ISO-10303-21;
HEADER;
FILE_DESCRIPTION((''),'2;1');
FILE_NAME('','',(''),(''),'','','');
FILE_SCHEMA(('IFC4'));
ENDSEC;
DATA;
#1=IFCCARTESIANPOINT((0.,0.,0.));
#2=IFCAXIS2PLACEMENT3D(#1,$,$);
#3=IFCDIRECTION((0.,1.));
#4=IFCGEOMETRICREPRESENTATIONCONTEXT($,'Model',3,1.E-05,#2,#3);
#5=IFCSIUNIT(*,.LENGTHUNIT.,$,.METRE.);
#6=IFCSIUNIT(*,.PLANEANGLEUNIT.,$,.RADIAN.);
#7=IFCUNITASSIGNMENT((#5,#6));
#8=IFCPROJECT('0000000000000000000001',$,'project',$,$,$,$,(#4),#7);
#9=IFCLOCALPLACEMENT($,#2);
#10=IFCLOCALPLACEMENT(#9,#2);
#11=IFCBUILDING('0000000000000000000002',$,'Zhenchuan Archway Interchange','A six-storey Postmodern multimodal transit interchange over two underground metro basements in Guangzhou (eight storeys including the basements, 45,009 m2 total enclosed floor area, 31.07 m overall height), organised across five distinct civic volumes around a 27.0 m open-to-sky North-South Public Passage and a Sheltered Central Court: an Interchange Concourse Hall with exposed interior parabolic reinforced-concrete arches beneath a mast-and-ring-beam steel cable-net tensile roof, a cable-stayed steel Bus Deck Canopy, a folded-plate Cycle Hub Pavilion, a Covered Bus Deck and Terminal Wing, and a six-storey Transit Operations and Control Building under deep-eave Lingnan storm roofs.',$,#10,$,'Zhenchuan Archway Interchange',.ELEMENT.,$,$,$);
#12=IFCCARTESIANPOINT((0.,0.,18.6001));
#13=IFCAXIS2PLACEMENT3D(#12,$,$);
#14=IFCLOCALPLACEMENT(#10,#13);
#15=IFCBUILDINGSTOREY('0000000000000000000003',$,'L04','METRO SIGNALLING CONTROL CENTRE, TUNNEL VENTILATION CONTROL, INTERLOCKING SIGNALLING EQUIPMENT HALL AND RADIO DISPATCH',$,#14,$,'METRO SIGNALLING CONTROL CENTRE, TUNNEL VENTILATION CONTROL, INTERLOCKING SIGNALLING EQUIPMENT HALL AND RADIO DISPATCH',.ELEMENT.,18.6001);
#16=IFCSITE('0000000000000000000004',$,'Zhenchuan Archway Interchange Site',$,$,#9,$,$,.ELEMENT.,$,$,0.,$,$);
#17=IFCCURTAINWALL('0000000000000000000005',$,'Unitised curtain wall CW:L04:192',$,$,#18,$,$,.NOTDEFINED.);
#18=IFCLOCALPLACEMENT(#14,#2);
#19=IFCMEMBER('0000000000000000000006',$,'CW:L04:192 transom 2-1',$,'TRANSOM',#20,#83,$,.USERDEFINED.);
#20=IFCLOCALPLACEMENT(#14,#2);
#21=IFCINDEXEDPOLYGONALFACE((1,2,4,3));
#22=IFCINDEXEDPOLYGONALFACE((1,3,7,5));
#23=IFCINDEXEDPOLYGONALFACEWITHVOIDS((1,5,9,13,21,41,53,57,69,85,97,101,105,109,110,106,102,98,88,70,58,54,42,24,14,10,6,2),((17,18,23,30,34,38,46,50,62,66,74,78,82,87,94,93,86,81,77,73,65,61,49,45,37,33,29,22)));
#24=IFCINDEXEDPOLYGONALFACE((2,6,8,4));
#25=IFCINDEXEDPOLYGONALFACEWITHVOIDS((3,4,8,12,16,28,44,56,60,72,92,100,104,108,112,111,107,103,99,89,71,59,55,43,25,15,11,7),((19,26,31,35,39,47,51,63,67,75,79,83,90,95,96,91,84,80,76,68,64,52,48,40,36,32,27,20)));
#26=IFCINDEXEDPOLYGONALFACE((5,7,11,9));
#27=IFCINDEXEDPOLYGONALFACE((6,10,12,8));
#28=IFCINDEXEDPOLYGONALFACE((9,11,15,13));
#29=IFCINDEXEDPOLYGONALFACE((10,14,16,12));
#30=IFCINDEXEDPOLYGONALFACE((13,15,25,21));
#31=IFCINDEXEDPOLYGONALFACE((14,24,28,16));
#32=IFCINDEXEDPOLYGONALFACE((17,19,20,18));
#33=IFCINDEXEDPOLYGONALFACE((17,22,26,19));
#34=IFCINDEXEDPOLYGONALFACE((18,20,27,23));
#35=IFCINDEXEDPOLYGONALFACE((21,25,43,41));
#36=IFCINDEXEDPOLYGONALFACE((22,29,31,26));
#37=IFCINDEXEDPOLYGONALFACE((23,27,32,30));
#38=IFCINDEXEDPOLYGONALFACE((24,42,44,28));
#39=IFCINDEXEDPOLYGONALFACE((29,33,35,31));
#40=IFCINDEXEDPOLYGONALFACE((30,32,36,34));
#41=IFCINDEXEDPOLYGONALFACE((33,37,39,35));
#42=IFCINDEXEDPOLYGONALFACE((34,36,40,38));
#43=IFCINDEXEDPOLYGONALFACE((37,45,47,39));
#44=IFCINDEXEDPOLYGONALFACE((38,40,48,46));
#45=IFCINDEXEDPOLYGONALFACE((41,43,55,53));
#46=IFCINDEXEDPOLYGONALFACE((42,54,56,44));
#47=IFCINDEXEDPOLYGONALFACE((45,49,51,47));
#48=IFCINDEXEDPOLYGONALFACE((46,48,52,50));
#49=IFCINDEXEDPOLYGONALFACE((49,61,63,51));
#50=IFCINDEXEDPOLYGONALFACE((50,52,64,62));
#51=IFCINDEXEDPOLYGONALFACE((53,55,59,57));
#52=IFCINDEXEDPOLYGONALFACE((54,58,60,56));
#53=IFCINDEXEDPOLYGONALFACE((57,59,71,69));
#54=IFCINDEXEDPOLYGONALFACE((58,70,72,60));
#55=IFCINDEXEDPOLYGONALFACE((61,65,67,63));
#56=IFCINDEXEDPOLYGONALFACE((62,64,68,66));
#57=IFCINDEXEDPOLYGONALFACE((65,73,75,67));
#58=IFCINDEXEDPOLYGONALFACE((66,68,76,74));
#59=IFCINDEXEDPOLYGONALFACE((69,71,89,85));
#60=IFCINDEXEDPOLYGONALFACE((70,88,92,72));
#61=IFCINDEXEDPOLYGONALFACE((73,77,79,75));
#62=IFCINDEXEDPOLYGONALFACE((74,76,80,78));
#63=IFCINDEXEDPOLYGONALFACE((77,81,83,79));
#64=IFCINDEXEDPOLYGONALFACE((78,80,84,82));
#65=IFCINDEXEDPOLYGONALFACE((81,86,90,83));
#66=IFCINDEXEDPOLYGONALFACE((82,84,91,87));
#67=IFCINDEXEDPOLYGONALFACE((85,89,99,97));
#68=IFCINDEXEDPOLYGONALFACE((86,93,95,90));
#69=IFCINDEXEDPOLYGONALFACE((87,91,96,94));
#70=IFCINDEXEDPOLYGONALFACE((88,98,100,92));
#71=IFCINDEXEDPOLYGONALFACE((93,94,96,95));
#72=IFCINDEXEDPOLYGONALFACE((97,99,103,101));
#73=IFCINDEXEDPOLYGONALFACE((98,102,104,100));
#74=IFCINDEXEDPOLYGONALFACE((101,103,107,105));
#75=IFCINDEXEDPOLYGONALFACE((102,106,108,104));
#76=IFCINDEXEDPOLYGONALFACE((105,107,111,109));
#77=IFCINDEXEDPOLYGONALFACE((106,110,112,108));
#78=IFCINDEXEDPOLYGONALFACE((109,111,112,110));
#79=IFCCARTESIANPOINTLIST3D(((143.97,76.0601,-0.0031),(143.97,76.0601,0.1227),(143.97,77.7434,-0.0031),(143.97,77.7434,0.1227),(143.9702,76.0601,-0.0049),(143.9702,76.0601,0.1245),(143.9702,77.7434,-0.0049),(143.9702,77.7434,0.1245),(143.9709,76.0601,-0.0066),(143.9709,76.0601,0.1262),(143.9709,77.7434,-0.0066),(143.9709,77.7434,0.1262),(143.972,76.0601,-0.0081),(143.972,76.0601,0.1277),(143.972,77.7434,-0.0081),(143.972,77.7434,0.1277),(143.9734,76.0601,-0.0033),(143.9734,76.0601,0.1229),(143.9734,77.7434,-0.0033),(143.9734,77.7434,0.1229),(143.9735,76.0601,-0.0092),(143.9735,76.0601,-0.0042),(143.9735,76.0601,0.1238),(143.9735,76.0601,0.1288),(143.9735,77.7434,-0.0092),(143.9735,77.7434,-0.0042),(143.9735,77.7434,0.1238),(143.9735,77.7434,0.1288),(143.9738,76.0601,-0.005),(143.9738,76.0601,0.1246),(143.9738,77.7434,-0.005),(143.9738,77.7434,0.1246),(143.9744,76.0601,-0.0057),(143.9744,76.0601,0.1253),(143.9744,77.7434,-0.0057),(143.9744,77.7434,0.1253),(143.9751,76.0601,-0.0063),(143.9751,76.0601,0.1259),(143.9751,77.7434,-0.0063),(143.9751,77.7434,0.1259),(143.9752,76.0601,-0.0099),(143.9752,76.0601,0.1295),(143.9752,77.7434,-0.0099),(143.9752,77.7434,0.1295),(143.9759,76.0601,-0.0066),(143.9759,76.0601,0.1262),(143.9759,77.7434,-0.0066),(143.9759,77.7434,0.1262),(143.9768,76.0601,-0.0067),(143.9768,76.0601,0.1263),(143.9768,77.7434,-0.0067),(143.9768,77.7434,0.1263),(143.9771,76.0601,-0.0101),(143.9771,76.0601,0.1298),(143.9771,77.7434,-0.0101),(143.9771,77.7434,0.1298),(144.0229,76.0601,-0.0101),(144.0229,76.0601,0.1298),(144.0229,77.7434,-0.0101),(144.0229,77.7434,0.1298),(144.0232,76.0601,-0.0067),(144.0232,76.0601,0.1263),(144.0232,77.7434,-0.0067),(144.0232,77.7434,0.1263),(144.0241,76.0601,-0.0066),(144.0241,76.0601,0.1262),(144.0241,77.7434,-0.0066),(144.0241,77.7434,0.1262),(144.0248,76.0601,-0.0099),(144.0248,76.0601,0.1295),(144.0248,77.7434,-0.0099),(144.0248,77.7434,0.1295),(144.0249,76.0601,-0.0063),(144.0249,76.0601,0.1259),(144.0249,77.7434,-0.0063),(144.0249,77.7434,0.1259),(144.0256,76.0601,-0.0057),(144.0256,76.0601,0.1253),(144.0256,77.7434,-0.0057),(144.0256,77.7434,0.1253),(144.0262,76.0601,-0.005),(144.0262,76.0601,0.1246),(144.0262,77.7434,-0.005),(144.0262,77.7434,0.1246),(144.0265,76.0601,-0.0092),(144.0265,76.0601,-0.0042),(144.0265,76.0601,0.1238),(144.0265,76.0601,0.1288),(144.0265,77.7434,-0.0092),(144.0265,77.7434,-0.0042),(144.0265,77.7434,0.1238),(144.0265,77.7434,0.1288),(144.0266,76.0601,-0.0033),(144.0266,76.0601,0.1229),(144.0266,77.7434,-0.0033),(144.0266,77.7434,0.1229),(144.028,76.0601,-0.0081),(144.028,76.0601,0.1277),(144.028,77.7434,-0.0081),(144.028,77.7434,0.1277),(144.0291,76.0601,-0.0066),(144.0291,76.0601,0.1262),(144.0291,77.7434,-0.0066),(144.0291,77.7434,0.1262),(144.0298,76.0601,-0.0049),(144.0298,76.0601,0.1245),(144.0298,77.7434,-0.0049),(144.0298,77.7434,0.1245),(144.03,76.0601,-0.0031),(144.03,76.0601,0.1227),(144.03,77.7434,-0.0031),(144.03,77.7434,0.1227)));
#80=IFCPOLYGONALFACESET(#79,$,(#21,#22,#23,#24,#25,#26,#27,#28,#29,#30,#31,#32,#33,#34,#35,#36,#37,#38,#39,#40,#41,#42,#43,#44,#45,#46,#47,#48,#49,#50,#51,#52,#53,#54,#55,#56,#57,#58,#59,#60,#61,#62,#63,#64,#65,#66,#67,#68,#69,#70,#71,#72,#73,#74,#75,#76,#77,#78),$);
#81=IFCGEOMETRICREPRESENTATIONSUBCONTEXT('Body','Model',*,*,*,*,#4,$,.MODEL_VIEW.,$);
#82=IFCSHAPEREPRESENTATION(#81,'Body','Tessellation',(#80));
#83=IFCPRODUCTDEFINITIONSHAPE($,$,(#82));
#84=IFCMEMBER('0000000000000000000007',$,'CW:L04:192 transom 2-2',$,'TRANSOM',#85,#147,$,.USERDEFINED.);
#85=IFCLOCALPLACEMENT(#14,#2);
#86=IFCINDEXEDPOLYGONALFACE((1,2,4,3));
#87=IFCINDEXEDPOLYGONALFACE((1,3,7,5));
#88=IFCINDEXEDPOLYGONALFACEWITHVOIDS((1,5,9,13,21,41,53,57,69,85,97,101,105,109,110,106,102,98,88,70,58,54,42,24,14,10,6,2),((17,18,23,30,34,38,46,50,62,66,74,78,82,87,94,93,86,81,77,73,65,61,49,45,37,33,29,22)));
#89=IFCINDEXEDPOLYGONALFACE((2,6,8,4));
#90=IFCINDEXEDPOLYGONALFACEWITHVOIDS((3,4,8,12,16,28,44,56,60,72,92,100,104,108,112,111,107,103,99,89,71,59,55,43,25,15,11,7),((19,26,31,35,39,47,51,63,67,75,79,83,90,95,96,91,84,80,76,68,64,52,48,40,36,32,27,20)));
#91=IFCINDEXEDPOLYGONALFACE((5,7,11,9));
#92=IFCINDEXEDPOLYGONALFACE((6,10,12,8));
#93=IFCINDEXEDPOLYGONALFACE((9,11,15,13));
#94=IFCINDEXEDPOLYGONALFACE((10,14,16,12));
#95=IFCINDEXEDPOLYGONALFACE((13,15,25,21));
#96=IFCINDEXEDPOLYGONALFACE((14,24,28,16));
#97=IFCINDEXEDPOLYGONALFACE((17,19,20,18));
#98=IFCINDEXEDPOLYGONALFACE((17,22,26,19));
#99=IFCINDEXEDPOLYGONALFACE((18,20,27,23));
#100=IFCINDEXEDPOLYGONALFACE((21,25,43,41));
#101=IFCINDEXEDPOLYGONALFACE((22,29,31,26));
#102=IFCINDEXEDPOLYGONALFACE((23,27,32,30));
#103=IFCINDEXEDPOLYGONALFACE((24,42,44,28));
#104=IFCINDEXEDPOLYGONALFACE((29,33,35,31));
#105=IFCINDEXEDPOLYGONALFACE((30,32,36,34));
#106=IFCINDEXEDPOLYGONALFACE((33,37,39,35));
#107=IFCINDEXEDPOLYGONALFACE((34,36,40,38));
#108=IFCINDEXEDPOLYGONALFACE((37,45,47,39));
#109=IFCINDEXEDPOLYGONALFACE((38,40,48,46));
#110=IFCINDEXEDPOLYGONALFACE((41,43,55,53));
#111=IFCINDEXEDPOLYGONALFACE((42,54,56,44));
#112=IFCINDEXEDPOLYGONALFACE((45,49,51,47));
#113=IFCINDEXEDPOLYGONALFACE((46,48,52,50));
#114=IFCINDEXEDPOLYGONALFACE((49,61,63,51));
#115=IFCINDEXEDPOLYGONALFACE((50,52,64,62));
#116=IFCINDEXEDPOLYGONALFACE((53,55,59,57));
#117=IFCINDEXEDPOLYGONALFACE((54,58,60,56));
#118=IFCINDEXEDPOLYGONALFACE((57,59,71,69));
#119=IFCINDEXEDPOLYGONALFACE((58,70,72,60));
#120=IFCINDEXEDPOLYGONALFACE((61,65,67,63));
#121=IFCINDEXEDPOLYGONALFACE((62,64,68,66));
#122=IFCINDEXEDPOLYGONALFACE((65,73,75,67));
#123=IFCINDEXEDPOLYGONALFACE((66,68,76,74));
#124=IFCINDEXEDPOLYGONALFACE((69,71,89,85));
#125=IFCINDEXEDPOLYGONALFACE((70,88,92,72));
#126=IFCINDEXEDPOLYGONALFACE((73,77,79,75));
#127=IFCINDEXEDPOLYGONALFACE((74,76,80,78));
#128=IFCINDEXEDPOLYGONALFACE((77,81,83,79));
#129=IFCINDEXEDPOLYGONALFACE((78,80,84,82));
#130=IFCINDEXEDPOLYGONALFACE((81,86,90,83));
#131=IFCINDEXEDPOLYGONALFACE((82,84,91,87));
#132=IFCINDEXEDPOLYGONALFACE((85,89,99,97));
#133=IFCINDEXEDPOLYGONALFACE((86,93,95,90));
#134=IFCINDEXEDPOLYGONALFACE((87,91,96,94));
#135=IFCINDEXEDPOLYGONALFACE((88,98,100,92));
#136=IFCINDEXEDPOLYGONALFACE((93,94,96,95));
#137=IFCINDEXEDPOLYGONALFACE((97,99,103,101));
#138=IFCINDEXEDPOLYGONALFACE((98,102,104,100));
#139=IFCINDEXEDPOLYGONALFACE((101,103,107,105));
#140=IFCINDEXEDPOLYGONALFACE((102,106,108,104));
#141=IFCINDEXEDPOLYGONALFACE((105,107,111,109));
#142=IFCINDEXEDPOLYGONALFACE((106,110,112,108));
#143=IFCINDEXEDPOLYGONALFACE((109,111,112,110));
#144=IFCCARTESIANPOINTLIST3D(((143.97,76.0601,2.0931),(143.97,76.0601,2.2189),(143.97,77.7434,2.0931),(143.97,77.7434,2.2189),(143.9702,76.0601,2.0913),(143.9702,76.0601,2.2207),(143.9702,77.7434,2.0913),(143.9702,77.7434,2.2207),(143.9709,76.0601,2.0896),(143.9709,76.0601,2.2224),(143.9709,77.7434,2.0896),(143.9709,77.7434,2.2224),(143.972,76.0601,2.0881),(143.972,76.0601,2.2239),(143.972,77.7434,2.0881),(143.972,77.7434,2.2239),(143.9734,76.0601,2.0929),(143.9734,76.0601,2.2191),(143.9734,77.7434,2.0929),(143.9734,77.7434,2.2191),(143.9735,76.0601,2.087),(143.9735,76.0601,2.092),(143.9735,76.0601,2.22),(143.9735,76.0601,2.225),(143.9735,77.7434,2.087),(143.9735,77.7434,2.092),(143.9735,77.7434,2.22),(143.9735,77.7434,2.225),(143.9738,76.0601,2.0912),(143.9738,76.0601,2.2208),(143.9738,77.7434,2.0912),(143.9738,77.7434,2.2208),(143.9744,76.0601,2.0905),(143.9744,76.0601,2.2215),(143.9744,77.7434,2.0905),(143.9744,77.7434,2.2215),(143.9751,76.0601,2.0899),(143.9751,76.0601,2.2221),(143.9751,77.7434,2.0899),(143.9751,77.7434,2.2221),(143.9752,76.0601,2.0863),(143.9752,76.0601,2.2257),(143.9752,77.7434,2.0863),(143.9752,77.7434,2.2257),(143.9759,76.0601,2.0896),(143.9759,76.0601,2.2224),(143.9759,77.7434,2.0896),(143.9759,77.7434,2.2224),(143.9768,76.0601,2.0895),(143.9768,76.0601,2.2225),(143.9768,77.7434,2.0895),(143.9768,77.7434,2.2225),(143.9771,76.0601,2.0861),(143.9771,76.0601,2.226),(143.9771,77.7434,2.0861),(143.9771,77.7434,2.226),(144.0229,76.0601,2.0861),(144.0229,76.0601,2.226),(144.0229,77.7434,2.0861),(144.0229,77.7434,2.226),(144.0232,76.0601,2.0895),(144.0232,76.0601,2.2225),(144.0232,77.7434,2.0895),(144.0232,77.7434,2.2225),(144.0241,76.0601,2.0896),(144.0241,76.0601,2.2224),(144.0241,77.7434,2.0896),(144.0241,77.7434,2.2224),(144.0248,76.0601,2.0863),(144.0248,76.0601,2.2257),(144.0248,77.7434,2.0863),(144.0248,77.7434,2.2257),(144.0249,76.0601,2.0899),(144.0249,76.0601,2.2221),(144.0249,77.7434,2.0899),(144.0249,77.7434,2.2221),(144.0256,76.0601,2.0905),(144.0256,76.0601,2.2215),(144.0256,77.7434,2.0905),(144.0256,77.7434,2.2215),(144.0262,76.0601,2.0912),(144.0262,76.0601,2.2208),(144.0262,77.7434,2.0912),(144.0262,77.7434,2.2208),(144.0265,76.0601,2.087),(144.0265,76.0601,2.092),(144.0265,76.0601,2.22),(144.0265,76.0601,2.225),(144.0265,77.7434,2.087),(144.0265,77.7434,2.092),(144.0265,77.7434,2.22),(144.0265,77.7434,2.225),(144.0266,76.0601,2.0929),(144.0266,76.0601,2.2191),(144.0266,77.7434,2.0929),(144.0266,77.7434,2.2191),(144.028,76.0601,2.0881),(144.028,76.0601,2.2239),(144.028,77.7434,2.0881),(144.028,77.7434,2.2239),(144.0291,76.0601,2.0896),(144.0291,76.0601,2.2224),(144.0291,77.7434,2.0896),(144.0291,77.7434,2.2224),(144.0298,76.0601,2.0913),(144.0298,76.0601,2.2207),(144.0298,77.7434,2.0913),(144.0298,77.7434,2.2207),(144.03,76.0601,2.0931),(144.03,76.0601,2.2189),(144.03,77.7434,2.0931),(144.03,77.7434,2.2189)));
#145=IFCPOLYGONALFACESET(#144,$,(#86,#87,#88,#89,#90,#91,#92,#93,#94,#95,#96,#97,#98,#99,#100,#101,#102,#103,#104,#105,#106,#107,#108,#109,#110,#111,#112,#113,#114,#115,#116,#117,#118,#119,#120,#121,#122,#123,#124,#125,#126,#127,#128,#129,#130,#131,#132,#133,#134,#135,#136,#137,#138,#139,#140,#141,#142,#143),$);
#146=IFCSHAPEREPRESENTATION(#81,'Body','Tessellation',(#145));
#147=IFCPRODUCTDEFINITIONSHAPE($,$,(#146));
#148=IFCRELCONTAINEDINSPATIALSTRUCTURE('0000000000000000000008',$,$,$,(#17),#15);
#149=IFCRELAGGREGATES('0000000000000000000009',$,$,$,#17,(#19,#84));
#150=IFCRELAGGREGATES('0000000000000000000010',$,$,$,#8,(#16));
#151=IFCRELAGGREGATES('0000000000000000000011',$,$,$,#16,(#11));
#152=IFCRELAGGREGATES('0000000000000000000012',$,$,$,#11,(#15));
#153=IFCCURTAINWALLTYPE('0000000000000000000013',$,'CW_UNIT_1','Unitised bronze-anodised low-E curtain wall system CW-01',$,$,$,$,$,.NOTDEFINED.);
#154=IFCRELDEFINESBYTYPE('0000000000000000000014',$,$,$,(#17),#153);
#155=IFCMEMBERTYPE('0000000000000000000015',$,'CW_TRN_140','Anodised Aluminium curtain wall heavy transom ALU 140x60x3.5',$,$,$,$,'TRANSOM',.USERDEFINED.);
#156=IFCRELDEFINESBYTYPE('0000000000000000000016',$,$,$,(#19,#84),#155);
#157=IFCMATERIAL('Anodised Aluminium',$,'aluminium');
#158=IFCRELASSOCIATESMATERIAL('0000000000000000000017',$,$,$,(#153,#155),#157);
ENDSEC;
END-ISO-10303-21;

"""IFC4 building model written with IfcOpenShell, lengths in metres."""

from ifc_helpers import new_model, si_unit, direction, frame, origin, origin_2d, place, context, subcontext, project, spatial, hollow_rectangle, extrude, material, material_profile, profile_set, type_object, element, aggregate, save


model = new_model("IFC4")

# Units and contexts
model_context = context("Model", 3, precision=1e-05, world=origin(), true_north=direction((0.0, 1.0)))
body_context = subcontext(model_context, "Body", "Model", "MODEL_VIEW")
ifc_project = project(units=[si_unit("LENGTHUNIT", "METRE"), si_unit("PLANEANGLEUNIT", "RADIAN")], contexts=[model_context])

# Site, building, storey
site_placement = place(None, origin())
site = spatial("IfcSite", under=ifc_project, at=site_placement, Name="Zhenchuan Archway Interchange Site", CompositionType="ELEMENT", RefElevation=0.0)
building_placement = place(site_placement, origin())
building = spatial("IfcBuilding", under=site, at=building_placement, Name="Zhenchuan Archway Interchange", Description="A six-storey Postmodern multimodal transit interchange over two underground metro basements in Guangzhou (eight storeys including the basements, 45,009 m2 total enclosed floor area, 31.07 m overall height), organised across five distinct civic volumes around a 27.0 m open-to-sky North-South Public Passage and a Sheltered Central Court: an Interchange Concourse Hall with exposed interior parabolic reinforced-concrete arches beneath a mast-and-ring-beam steel cable-net tensile roof, a cable-stayed steel Bus Deck Canopy, a folded-plate Cycle Hub Pavilion, a Covered Bus Deck and Terminal Wing, and a six-storey Transit Operations and Control Building under deep-eave Lingnan storm roofs.", LongName="Zhenchuan Archway Interchange", CompositionType="ELEMENT")
storey_placement = place(building_placement, frame((0.0, 0.0, 18.6001)))
storey = spatial("IfcBuildingStorey", under=building, at=storey_placement, Name="L04", Description="METRO SIGNALLING CONTROL CENTRE, TUNNEL VENTILATION CONTROL, INTERLOCKING SIGNALLING EQUIPMENT HALL AND RADIO DISPATCH", LongName="METRO SIGNALLING CONTROL CENTRE, TUNNEL VENTILATION CONTROL, INTERLOCKING SIGNALLING EQUIPMENT HALL AND RADIO DISPATCH", CompositionType="ELEMENT", Elevation=18.6001)

# Curtain wall, members
ifc_material_1 = material(Name="Anodised Aluminium", Category="aluminium")
curtain_wall_type = type_object("IfcCurtainWallType", Name="CW_UNIT_1", Description="Unitised bronze-anodised low-E curtain wall system CW-01", PredefinedType="NOTDEFINED", material=ifc_material_1)
curtain_wall_placement = place(storey_placement, origin())
curtain_wall = element("IfcCurtainWall", 1, at=curtain_wall_placement, inside=storey, type_object=curtain_wall_type, Name="Unitised curtain wall CW:L04:192", PredefinedType="NOTDEFINED")
ifc_material_profile_1 = material_profile(ifc_material_1, hollow_rectangle(XDim=0.0601, YDim=0.1399, WallThickness=0.0034, InnerFilletRadius=0.0034, OuterFilletRadius=0.0071, at=origin_2d()), Name="ALU 140x60x3.5")
ifc_profile_set_1 = profile_set([ifc_material_profile_1], Name="Anodised Aluminium")
member_type_1 = type_object("IfcMemberType", Name="CW_TRN_140", Description="Anodised Aluminium curtain wall heavy transom ALU 140x60x3.5", ElementType="TRANSOM", PredefinedType="USERDEFINED", material=ifc_profile_set_1)
member_1_placement = place(storey_placement, frame((144.0, 76.0601, 0.0598), z_axis=(0.0, 1.0, 0.0), x_axis=(-1.0, 0.0, 0.0)))
member_1 = element("IfcMember", 2, at=member_1_placement, type_object=member_type_1, Name="CW:L04:192 transom 2-1", ObjectType="TRANSOM", PredefinedType="USERDEFINED", context=body_context, shape_type="SweptSolid", body=[
    extrude(hollow_rectangle(XDim=0.0601, YDim=0.1399, WallThickness=0.0034, InnerFilletRadius=0.0034, OuterFilletRadius=0.0071, at=origin_2d()), origin(), (0.0, 0.0, 1.0), 1.6833),
])
member_2_placement = place(storey_placement, frame((144.0, 76.0601, 2.156), z_axis=(0.0, 1.0, 0.0), x_axis=(-1.0, 0.0, 0.0)))
member_2 = element("IfcMember", 3, at=member_2_placement, type_object=member_type_1, Name="CW:L04:192 transom 2-2", ObjectType="TRANSOM", PredefinedType="USERDEFINED", context=body_context, shape_type="SweptSolid", body=[
    extrude(hollow_rectangle(XDim=0.0601, YDim=0.1399, WallThickness=0.0034, InnerFilletRadius=0.0034, OuterFilletRadius=0.0071, at=origin_2d()), origin(), (0.0, 0.0, 1.0), 1.6833),
])

aggregate(curtain_wall, [member_1, member_2])

save(model, "model.ifc")
